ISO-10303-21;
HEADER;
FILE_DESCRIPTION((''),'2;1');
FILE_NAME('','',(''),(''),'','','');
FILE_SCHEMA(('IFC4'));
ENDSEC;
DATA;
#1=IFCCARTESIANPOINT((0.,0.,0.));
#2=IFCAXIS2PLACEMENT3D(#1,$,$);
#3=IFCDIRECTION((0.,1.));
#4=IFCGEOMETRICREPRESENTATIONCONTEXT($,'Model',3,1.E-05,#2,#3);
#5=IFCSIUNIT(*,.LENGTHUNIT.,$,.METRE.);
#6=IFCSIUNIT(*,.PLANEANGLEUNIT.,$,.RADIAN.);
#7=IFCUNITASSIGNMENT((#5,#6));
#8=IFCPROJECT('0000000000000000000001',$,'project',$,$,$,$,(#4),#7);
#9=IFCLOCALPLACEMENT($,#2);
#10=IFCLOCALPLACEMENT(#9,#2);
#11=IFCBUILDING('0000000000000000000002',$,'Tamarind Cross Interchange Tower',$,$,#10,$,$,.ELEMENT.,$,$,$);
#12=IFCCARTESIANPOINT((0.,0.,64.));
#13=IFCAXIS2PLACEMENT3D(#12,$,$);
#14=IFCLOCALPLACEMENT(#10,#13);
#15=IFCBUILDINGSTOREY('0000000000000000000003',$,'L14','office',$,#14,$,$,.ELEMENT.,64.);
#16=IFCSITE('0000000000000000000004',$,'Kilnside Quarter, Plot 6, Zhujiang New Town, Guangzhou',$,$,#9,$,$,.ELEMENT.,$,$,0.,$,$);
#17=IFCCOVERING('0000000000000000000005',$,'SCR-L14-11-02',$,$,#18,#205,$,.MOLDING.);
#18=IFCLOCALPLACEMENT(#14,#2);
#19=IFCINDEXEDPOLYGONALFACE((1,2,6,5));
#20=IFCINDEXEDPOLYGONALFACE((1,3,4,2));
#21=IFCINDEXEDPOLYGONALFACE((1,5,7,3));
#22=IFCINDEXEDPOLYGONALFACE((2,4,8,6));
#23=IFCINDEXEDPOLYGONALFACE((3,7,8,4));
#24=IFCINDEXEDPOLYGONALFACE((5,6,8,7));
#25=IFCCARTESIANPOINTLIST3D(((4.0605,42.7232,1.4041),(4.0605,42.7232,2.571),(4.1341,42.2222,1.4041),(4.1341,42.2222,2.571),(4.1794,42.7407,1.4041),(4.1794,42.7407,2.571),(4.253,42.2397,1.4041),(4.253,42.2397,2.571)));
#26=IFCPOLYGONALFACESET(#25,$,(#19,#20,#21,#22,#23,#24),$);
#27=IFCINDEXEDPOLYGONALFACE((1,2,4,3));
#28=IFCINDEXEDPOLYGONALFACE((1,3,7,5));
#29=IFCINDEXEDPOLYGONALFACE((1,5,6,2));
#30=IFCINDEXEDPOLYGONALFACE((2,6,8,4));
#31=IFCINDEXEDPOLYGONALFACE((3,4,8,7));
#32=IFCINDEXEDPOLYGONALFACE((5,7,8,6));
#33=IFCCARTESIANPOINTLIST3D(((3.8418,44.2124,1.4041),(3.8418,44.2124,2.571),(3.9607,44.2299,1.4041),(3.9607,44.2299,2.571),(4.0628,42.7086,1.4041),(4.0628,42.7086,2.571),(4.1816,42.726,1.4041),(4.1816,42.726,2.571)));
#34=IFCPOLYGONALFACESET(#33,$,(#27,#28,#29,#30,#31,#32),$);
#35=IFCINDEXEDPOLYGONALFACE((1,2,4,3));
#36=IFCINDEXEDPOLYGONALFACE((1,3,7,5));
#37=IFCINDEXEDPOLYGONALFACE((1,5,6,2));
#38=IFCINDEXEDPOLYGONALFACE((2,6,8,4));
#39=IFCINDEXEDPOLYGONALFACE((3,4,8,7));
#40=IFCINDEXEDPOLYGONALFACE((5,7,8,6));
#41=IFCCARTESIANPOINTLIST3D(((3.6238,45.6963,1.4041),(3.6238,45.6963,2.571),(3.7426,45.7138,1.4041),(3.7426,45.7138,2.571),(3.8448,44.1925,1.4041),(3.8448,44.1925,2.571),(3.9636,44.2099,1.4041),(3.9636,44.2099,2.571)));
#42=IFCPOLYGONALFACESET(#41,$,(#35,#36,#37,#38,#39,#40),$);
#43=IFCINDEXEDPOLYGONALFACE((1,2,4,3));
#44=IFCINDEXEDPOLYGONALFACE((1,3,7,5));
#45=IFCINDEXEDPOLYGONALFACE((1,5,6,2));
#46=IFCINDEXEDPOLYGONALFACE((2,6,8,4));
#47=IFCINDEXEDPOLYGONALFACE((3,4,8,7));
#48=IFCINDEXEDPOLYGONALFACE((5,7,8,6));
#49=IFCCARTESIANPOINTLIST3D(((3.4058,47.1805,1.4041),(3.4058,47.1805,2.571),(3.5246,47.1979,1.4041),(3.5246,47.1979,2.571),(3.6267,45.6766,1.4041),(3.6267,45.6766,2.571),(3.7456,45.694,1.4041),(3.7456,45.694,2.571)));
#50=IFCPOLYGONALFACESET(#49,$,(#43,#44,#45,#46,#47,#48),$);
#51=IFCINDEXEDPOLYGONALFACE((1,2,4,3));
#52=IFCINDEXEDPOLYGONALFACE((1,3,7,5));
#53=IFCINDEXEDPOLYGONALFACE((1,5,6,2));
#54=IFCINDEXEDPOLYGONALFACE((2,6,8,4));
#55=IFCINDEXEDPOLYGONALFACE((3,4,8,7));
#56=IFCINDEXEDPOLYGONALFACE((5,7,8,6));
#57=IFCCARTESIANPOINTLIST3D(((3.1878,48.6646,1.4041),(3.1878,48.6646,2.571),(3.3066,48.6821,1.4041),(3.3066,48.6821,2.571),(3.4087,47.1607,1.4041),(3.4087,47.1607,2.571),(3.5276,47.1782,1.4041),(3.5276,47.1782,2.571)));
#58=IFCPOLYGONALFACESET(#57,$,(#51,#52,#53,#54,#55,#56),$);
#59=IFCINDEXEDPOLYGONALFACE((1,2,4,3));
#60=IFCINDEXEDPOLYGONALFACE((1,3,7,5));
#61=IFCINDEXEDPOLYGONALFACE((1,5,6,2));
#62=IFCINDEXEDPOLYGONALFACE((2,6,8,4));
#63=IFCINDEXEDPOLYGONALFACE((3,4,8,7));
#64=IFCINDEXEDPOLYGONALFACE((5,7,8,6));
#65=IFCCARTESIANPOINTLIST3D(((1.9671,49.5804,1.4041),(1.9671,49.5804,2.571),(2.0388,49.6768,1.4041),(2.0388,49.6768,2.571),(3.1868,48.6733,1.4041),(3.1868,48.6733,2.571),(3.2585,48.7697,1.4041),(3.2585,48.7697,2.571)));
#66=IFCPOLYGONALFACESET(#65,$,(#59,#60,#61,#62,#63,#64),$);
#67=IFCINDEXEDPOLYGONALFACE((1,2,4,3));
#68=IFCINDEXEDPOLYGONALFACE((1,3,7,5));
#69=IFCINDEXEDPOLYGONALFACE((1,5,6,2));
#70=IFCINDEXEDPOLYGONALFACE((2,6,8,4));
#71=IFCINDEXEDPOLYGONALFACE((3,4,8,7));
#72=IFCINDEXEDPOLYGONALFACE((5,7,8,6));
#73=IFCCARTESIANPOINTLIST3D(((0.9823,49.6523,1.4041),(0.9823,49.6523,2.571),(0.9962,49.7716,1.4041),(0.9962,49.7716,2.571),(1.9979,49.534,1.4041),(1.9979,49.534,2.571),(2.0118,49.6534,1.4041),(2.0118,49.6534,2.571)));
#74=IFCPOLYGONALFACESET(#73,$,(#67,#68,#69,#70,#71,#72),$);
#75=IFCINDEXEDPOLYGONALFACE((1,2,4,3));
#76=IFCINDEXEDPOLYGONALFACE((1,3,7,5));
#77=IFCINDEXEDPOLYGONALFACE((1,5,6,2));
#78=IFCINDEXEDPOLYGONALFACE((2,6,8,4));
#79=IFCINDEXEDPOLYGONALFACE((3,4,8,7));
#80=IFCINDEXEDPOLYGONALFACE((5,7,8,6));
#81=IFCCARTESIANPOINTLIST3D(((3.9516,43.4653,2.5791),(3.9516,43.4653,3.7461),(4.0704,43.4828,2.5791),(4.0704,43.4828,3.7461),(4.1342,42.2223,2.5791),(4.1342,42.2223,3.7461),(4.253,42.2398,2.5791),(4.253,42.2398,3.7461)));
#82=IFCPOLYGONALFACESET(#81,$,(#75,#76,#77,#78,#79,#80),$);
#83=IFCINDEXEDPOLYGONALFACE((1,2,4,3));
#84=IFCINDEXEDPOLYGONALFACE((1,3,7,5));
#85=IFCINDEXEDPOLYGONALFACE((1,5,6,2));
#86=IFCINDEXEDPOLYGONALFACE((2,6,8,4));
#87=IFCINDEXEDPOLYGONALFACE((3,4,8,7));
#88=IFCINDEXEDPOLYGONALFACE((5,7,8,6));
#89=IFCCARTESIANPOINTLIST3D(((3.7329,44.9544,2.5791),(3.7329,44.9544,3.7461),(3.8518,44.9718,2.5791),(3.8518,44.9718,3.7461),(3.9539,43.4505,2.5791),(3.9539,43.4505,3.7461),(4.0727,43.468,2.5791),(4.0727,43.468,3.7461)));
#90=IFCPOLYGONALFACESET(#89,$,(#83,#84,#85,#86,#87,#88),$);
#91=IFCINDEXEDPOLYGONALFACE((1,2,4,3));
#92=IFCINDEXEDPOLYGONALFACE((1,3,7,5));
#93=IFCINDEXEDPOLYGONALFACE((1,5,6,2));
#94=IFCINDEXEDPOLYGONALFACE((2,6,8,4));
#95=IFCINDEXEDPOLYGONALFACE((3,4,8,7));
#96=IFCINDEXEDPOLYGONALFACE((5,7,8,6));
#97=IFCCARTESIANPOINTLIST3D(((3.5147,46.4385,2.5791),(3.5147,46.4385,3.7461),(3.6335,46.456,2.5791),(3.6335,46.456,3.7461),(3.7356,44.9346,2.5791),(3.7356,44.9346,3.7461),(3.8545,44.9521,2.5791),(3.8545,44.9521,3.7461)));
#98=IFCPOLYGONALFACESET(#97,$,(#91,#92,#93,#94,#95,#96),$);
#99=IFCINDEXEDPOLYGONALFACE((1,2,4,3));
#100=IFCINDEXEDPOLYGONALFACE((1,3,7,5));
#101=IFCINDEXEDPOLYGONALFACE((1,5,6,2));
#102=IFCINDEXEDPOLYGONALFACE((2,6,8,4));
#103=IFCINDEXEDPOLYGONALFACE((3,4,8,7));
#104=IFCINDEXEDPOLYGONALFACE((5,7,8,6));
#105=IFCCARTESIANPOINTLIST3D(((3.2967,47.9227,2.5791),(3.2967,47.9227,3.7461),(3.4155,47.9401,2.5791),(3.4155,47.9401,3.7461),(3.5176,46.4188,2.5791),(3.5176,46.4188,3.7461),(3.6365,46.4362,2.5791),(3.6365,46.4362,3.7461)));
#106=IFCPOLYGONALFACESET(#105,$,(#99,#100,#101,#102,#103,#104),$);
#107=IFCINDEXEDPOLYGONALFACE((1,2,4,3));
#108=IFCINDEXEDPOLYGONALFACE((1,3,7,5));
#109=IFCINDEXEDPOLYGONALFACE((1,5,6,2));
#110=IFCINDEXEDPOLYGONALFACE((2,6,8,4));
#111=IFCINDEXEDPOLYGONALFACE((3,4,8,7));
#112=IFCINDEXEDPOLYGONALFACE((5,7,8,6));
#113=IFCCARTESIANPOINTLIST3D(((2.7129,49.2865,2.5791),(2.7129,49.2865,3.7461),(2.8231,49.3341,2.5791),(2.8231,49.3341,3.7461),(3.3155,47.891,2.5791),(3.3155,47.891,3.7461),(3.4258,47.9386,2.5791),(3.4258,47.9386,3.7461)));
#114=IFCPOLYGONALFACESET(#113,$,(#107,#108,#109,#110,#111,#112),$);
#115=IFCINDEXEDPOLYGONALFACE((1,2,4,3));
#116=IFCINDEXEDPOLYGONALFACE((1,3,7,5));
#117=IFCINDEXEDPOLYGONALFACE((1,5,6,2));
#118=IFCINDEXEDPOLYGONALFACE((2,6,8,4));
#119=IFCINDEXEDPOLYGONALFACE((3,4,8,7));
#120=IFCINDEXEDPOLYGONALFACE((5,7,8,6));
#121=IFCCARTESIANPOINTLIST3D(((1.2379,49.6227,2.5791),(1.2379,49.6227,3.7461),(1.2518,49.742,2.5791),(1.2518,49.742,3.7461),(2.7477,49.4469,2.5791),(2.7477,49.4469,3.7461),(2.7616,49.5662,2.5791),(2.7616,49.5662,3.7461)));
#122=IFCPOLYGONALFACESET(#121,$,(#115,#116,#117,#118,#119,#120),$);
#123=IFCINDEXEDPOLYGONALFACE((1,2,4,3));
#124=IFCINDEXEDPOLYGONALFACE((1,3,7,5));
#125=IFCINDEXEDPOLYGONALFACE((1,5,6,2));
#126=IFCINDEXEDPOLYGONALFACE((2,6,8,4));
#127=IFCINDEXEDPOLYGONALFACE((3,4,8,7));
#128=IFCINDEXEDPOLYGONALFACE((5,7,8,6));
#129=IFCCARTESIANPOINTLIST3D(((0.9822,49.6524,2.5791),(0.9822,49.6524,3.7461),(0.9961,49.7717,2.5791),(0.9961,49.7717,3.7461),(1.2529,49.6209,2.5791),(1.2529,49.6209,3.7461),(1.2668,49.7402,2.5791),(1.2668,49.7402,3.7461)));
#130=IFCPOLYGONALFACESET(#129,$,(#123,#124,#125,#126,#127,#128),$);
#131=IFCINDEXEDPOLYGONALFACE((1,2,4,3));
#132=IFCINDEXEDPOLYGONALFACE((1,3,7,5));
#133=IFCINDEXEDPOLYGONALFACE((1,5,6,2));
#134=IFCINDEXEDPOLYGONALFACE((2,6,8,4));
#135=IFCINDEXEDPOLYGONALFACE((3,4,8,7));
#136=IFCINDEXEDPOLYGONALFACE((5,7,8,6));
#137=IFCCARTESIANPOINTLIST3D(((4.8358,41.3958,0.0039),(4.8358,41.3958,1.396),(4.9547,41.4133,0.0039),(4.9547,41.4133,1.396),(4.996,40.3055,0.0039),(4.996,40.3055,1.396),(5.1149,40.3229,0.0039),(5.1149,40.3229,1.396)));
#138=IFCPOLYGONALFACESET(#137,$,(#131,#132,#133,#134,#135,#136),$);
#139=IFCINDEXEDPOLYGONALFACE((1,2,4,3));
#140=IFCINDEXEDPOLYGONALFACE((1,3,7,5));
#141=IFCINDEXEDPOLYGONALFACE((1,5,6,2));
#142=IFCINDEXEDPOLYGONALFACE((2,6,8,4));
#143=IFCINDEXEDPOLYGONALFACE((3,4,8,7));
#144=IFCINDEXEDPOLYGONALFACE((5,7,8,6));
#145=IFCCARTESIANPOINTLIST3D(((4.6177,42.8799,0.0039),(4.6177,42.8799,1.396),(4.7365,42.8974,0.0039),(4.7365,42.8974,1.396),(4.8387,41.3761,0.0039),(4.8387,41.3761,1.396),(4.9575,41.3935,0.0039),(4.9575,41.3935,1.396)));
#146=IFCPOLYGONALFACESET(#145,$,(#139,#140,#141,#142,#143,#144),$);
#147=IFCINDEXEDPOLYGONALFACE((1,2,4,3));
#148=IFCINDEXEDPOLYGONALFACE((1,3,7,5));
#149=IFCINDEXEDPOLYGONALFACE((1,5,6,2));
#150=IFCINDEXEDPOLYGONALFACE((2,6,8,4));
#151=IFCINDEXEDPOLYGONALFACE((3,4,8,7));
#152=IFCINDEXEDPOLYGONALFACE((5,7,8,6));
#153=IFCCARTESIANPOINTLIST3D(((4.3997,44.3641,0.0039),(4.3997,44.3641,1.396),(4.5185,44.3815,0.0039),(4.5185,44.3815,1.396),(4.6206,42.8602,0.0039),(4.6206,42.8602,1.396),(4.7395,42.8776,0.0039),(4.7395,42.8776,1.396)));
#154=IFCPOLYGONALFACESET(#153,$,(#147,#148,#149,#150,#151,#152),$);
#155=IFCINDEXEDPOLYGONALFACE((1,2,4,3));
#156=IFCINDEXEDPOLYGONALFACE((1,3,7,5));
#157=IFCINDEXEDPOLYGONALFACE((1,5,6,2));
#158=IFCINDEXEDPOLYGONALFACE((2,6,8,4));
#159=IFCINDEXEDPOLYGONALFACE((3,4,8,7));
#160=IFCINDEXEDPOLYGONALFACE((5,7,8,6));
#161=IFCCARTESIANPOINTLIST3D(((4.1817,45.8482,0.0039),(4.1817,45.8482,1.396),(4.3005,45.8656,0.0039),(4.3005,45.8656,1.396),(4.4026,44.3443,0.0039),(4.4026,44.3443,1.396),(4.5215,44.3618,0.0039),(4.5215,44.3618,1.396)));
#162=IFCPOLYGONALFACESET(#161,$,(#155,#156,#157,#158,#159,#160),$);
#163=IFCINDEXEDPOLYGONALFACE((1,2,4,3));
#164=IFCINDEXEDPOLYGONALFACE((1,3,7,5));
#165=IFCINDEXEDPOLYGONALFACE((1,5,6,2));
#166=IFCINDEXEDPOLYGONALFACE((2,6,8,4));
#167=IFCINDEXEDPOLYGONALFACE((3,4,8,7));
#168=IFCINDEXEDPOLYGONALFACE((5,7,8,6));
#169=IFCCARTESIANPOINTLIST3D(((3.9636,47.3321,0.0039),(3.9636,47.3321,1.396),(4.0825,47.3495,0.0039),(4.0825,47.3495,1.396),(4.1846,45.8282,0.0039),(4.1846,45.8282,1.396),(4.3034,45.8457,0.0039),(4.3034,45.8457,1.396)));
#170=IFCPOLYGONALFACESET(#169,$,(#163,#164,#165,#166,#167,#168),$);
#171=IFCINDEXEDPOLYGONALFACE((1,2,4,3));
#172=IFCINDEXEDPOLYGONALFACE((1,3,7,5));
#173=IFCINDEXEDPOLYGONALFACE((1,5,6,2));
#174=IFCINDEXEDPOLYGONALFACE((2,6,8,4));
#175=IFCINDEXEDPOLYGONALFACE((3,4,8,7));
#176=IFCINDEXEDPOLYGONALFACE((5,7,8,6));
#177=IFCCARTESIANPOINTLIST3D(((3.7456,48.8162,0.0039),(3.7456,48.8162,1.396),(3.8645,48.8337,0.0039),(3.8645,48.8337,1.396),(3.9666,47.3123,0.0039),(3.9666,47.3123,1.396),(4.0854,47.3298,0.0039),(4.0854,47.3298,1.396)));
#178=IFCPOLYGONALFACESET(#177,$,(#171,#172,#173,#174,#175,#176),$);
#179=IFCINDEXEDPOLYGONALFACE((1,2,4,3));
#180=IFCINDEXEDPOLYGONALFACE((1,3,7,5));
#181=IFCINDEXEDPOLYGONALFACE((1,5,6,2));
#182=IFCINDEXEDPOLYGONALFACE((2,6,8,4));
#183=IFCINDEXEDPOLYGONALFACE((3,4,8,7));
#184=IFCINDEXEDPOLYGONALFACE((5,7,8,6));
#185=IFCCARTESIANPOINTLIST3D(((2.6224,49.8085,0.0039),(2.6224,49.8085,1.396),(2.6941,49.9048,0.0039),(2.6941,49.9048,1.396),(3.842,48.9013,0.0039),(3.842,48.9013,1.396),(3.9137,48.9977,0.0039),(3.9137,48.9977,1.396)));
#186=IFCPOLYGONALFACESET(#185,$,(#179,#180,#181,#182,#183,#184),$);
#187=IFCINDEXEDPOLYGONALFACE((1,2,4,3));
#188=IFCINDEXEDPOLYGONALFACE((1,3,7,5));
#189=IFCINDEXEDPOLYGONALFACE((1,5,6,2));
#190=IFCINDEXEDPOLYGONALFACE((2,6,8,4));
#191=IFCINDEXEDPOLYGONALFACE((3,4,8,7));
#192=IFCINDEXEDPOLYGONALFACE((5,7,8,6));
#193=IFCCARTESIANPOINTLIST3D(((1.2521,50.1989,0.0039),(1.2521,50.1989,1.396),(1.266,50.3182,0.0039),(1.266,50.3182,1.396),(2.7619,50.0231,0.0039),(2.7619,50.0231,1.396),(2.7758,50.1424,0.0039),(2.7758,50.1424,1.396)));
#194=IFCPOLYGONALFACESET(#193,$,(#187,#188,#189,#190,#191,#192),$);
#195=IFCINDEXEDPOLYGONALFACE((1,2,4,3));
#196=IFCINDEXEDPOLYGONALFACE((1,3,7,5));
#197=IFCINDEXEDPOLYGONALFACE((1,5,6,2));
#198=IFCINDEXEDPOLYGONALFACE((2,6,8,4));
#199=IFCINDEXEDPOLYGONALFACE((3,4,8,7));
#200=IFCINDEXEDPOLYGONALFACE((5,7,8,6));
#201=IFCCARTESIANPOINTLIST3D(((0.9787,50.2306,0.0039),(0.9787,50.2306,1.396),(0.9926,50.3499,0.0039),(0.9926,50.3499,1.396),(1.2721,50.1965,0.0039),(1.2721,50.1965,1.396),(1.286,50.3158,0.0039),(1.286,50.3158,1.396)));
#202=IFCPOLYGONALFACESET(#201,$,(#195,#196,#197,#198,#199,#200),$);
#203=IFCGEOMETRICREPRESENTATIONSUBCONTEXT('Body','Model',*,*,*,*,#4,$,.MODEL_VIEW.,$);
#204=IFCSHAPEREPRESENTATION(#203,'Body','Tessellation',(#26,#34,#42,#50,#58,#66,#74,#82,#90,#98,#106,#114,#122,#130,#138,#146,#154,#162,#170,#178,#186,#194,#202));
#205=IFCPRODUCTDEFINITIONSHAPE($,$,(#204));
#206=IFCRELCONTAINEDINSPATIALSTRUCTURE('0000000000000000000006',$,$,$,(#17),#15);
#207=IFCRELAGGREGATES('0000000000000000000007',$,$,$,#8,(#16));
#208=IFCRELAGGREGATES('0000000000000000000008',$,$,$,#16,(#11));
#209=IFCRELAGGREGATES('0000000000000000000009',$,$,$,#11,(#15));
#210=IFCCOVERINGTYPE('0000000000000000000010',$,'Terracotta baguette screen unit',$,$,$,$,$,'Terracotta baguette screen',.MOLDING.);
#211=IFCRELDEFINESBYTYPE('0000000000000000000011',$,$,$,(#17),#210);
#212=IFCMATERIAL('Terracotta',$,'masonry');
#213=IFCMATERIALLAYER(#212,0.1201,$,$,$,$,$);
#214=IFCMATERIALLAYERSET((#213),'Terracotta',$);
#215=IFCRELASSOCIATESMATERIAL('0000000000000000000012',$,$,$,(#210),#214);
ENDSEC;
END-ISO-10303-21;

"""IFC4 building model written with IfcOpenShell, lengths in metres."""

from ifc_helpers import new_model, si_unit, direction, frame, origin, origin_2d, place, context, subcontext, project, spatial, rectangle, extrude, material, layer, layer_set, type_object, element, save


model = new_model("IFC4")

# Units and contexts
model_context = context("Model", 3, precision=1e-05, world=origin(), true_north=direction((0.0, 1.0)))
body_context = subcontext(model_context, "Body", "Model", "MODEL_VIEW")
ifc_project = project(units=[si_unit("LENGTHUNIT", "METRE"), si_unit("PLANEANGLEUNIT", "RADIAN")], contexts=[model_context])

# Site, building, storey
site_placement = place(None, origin())
site = spatial("IfcSite", under=ifc_project, at=site_placement, Name="Kilnside Quarter, Plot 6, Zhujiang New Town, Guangzhou", CompositionType="ELEMENT", RefElevation=0.0)
building_placement = place(site_placement, origin())
building = spatial("IfcBuilding", under=site, at=building_placement, Name="Tamarind Cross Interchange Tower", CompositionType="ELEMENT")
storey_placement = place(building_placement, frame((0.0, 0.0, 64.0)))
storey = spatial("IfcBuildingStorey", under=building, at=storey_placement, Name="L14", Description="office", CompositionType="ELEMENT", Elevation=64.0)

# Covering
ifc_material_1 = material(Name="Terracotta", Category="masonry")
ifc_layer_1 = layer(ifc_material_1, 0.1201)
ifc_layer_set_1 = layer_set([ifc_layer_1], Name="Terracotta")
covering_type = type_object("IfcCoveringType", Name="Terracotta baguette screen unit", ElementType="Terracotta baguette screen", PredefinedType="MOLDING", material=ifc_layer_set_1)
covering_1_placement = place(storey_placement, origin())
element("IfcCovering", 1, at=covering_1_placement, inside=storey, type_object=covering_type, Name="SCR-L14-11-02", PredefinedType="MOLDING", context=body_context, shape_type="SweptSolid", body=[
    extrude(rectangle(XDim=0.5063, YDim=0.1201, at=origin_2d()), frame((4.1567, 42.4814, 1.4041), z_axis=(0.0, 0.0, 1.0), x_axis=(-0.145365, 0.989378, 0.0)), (0.0, 0.0, 1.0), 1.167),
    extrude(rectangle(XDim=1.52, YDim=0.1201, at=origin_2d()), frame((4.0117, 43.4692, 1.4041), z_axis=(0.0, 0.0, 1.0), x_axis=(-0.145365, 0.989378, 0.0)), (0.0, 0.0, 1.0), 1.167),
    extrude(rectangle(XDim=1.52, YDim=0.1201, at=origin_2d()), frame((3.7937, 44.9531, 1.4041), z_axis=(0.0, 0.0, 1.0), x_axis=(-0.145365, 0.989378, 0.0)), (0.0, 0.0, 1.0), 1.167),
    extrude(rectangle(XDim=1.52, YDim=0.1201, at=origin_2d()), frame((3.5757, 46.4373, 1.4041), z_axis=(0.0, 0.0, 1.0), x_axis=(-0.145365, 0.989378, 0.0)), (0.0, 0.0, 1.0), 1.167),
    extrude(rectangle(XDim=1.52, YDim=0.1201, at=origin_2d()), frame((3.3577, 47.9214, 1.4041), z_axis=(0.0, 0.0, 1.0), x_axis=(-0.145365, 0.989378, 0.0)), (0.0, 0.0, 1.0), 1.167),
    extrude(rectangle(XDim=1.52, YDim=0.1201, at=origin_2d()), frame((2.6128, 49.175, 1.4041), z_axis=(0.0, 0.0, 1.0), x_axis=(-0.802384, 0.596808, 0.0)), (0.0, 0.0, 1.0), 1.167),
    extrude(rectangle(XDim=1.0225, YDim=0.1201, at=origin_2d()), frame((1.4971, 49.6528, 1.4041), z_axis=(0.0, 0.0, 1.0), x_axis=(-0.993289, 0.115658, 0.0)), (0.0, 0.0, 1.0), 1.167),
    extrude(rectangle(XDim=1.2563, YDim=0.1201, at=origin_2d()), frame((4.1023, 42.8525, 2.5791), z_axis=(0.0, 0.0, 1.0), x_axis=(-0.145365, 0.989378, 0.0)), (0.0, 0.0, 1.0), 1.167),
    extrude(rectangle(XDim=1.52, YDim=0.1201, at=origin_2d()), frame((3.9028, 44.2112, 2.5791), z_axis=(0.0, 0.0, 1.0), x_axis=(-0.145365, 0.989378, 0.0)), (0.0, 0.0, 1.0), 1.167),
    extrude(rectangle(XDim=1.52, YDim=0.1201, at=origin_2d()), frame((3.6846, 45.6953, 2.5791), z_axis=(0.0, 0.0, 1.0), x_axis=(-0.145365, 0.989378, 0.0)), (0.0, 0.0, 1.0), 1.167),
    extrude(rectangle(XDim=1.52, YDim=0.1201, at=origin_2d()), frame((3.4666, 47.1794, 2.5791), z_axis=(0.0, 0.0, 1.0), x_axis=(-0.145365, 0.989378, 0.0)), (0.0, 0.0, 1.0), 1.167),
    extrude(rectangle(XDim=1.52, YDim=0.1201, at=origin_2d()), frame((3.0693, 48.6125, 2.5791), z_axis=(0.0, 0.0, 1.0), x_axis=(-0.396481, 0.918043, 0.0)), (0.0, 0.0, 1.0), 1.167),
    extrude(rectangle(XDim=1.52, YDim=0.1201, at=origin_2d()), frame((1.9998, 49.5945, 2.5791), z_axis=(0.0, 0.0, 1.0), x_axis=(-0.993289, 0.115658, 0.0)), (0.0, 0.0, 1.0), 1.167),
    extrude(rectangle(XDim=0.2725, YDim=0.1201, at=origin_2d()), frame((1.1245, 49.6963, 2.5791), z_axis=(0.0, 0.0, 1.0), x_axis=(-0.993289, 0.115658, 0.0)), (0.0, 0.0, 1.0), 1.167),
    extrude(rectangle(XDim=1.1021, YDim=0.1201, at=origin_2d()), frame((4.9753, 40.8594, 0.0039), z_axis=(0.0, 0.0, 1.0), x_axis=(-0.145365, 0.989378, 0.0)), (0.0, 0.0, 1.0), 1.3921),
    extrude(rectangle(XDim=1.52, YDim=0.1201, at=origin_2d()), frame((4.7876, 42.1367, 0.0039), z_axis=(0.0, 0.0, 1.0), x_axis=(-0.145365, 0.989378, 0.0)), (0.0, 0.0, 1.0), 1.3921),
    extrude(rectangle(XDim=1.52, YDim=0.1201, at=origin_2d()), frame((4.5696, 43.6208, 0.0039), z_axis=(0.0, 0.0, 1.0), x_axis=(-0.145365, 0.989378, 0.0)), (0.0, 0.0, 1.0), 1.3921),
    extrude(rectangle(XDim=1.52, YDim=0.1201, at=origin_2d()), frame((4.3516, 45.105, 0.0039), z_axis=(0.0, 0.0, 1.0), x_axis=(-0.145365, 0.989378, 0.0)), (0.0, 0.0, 1.0), 1.3921),
    extrude(rectangle(XDim=1.52, YDim=0.1201, at=origin_2d()), frame((4.1335, 46.5889, 0.0039), z_axis=(0.0, 0.0, 1.0), x_axis=(-0.145365, 0.989378, 0.0)), (0.0, 0.0, 1.0), 1.3921),
    extrude(rectangle(XDim=1.52, YDim=0.1201, at=origin_2d()), frame((3.9155, 48.073, 0.0039), z_axis=(0.0, 0.0, 1.0), x_axis=(-0.145365, 0.989378, 0.0)), (0.0, 0.0, 1.0), 1.3921),
    extrude(rectangle(XDim=1.52, YDim=0.1201, at=origin_2d()), frame((3.2681, 49.4031, 0.0039), z_axis=(0.0, 0.0, 1.0), x_axis=(-0.802384, 0.596808, 0.0)), (0.0, 0.0, 1.0), 1.3921),
    extrude(rectangle(XDim=1.52, YDim=0.1201, at=origin_2d()), frame((2.0139, 50.1707, 0.0039), z_axis=(0.0, 0.0, 1.0), x_axis=(-0.993289, 0.115658, 0.0)), (0.0, 0.0, 1.0), 1.3921),
    extrude(rectangle(XDim=0.2954, YDim=0.1201, at=origin_2d()), frame((1.1323, 50.2732, 0.0039), z_axis=(0.0, 0.0, 1.0), x_axis=(-0.993289, 0.115658, 0.0)), (0.0, 0.0, 1.0), 1.3921),
])

save(model, "model.ifc")
